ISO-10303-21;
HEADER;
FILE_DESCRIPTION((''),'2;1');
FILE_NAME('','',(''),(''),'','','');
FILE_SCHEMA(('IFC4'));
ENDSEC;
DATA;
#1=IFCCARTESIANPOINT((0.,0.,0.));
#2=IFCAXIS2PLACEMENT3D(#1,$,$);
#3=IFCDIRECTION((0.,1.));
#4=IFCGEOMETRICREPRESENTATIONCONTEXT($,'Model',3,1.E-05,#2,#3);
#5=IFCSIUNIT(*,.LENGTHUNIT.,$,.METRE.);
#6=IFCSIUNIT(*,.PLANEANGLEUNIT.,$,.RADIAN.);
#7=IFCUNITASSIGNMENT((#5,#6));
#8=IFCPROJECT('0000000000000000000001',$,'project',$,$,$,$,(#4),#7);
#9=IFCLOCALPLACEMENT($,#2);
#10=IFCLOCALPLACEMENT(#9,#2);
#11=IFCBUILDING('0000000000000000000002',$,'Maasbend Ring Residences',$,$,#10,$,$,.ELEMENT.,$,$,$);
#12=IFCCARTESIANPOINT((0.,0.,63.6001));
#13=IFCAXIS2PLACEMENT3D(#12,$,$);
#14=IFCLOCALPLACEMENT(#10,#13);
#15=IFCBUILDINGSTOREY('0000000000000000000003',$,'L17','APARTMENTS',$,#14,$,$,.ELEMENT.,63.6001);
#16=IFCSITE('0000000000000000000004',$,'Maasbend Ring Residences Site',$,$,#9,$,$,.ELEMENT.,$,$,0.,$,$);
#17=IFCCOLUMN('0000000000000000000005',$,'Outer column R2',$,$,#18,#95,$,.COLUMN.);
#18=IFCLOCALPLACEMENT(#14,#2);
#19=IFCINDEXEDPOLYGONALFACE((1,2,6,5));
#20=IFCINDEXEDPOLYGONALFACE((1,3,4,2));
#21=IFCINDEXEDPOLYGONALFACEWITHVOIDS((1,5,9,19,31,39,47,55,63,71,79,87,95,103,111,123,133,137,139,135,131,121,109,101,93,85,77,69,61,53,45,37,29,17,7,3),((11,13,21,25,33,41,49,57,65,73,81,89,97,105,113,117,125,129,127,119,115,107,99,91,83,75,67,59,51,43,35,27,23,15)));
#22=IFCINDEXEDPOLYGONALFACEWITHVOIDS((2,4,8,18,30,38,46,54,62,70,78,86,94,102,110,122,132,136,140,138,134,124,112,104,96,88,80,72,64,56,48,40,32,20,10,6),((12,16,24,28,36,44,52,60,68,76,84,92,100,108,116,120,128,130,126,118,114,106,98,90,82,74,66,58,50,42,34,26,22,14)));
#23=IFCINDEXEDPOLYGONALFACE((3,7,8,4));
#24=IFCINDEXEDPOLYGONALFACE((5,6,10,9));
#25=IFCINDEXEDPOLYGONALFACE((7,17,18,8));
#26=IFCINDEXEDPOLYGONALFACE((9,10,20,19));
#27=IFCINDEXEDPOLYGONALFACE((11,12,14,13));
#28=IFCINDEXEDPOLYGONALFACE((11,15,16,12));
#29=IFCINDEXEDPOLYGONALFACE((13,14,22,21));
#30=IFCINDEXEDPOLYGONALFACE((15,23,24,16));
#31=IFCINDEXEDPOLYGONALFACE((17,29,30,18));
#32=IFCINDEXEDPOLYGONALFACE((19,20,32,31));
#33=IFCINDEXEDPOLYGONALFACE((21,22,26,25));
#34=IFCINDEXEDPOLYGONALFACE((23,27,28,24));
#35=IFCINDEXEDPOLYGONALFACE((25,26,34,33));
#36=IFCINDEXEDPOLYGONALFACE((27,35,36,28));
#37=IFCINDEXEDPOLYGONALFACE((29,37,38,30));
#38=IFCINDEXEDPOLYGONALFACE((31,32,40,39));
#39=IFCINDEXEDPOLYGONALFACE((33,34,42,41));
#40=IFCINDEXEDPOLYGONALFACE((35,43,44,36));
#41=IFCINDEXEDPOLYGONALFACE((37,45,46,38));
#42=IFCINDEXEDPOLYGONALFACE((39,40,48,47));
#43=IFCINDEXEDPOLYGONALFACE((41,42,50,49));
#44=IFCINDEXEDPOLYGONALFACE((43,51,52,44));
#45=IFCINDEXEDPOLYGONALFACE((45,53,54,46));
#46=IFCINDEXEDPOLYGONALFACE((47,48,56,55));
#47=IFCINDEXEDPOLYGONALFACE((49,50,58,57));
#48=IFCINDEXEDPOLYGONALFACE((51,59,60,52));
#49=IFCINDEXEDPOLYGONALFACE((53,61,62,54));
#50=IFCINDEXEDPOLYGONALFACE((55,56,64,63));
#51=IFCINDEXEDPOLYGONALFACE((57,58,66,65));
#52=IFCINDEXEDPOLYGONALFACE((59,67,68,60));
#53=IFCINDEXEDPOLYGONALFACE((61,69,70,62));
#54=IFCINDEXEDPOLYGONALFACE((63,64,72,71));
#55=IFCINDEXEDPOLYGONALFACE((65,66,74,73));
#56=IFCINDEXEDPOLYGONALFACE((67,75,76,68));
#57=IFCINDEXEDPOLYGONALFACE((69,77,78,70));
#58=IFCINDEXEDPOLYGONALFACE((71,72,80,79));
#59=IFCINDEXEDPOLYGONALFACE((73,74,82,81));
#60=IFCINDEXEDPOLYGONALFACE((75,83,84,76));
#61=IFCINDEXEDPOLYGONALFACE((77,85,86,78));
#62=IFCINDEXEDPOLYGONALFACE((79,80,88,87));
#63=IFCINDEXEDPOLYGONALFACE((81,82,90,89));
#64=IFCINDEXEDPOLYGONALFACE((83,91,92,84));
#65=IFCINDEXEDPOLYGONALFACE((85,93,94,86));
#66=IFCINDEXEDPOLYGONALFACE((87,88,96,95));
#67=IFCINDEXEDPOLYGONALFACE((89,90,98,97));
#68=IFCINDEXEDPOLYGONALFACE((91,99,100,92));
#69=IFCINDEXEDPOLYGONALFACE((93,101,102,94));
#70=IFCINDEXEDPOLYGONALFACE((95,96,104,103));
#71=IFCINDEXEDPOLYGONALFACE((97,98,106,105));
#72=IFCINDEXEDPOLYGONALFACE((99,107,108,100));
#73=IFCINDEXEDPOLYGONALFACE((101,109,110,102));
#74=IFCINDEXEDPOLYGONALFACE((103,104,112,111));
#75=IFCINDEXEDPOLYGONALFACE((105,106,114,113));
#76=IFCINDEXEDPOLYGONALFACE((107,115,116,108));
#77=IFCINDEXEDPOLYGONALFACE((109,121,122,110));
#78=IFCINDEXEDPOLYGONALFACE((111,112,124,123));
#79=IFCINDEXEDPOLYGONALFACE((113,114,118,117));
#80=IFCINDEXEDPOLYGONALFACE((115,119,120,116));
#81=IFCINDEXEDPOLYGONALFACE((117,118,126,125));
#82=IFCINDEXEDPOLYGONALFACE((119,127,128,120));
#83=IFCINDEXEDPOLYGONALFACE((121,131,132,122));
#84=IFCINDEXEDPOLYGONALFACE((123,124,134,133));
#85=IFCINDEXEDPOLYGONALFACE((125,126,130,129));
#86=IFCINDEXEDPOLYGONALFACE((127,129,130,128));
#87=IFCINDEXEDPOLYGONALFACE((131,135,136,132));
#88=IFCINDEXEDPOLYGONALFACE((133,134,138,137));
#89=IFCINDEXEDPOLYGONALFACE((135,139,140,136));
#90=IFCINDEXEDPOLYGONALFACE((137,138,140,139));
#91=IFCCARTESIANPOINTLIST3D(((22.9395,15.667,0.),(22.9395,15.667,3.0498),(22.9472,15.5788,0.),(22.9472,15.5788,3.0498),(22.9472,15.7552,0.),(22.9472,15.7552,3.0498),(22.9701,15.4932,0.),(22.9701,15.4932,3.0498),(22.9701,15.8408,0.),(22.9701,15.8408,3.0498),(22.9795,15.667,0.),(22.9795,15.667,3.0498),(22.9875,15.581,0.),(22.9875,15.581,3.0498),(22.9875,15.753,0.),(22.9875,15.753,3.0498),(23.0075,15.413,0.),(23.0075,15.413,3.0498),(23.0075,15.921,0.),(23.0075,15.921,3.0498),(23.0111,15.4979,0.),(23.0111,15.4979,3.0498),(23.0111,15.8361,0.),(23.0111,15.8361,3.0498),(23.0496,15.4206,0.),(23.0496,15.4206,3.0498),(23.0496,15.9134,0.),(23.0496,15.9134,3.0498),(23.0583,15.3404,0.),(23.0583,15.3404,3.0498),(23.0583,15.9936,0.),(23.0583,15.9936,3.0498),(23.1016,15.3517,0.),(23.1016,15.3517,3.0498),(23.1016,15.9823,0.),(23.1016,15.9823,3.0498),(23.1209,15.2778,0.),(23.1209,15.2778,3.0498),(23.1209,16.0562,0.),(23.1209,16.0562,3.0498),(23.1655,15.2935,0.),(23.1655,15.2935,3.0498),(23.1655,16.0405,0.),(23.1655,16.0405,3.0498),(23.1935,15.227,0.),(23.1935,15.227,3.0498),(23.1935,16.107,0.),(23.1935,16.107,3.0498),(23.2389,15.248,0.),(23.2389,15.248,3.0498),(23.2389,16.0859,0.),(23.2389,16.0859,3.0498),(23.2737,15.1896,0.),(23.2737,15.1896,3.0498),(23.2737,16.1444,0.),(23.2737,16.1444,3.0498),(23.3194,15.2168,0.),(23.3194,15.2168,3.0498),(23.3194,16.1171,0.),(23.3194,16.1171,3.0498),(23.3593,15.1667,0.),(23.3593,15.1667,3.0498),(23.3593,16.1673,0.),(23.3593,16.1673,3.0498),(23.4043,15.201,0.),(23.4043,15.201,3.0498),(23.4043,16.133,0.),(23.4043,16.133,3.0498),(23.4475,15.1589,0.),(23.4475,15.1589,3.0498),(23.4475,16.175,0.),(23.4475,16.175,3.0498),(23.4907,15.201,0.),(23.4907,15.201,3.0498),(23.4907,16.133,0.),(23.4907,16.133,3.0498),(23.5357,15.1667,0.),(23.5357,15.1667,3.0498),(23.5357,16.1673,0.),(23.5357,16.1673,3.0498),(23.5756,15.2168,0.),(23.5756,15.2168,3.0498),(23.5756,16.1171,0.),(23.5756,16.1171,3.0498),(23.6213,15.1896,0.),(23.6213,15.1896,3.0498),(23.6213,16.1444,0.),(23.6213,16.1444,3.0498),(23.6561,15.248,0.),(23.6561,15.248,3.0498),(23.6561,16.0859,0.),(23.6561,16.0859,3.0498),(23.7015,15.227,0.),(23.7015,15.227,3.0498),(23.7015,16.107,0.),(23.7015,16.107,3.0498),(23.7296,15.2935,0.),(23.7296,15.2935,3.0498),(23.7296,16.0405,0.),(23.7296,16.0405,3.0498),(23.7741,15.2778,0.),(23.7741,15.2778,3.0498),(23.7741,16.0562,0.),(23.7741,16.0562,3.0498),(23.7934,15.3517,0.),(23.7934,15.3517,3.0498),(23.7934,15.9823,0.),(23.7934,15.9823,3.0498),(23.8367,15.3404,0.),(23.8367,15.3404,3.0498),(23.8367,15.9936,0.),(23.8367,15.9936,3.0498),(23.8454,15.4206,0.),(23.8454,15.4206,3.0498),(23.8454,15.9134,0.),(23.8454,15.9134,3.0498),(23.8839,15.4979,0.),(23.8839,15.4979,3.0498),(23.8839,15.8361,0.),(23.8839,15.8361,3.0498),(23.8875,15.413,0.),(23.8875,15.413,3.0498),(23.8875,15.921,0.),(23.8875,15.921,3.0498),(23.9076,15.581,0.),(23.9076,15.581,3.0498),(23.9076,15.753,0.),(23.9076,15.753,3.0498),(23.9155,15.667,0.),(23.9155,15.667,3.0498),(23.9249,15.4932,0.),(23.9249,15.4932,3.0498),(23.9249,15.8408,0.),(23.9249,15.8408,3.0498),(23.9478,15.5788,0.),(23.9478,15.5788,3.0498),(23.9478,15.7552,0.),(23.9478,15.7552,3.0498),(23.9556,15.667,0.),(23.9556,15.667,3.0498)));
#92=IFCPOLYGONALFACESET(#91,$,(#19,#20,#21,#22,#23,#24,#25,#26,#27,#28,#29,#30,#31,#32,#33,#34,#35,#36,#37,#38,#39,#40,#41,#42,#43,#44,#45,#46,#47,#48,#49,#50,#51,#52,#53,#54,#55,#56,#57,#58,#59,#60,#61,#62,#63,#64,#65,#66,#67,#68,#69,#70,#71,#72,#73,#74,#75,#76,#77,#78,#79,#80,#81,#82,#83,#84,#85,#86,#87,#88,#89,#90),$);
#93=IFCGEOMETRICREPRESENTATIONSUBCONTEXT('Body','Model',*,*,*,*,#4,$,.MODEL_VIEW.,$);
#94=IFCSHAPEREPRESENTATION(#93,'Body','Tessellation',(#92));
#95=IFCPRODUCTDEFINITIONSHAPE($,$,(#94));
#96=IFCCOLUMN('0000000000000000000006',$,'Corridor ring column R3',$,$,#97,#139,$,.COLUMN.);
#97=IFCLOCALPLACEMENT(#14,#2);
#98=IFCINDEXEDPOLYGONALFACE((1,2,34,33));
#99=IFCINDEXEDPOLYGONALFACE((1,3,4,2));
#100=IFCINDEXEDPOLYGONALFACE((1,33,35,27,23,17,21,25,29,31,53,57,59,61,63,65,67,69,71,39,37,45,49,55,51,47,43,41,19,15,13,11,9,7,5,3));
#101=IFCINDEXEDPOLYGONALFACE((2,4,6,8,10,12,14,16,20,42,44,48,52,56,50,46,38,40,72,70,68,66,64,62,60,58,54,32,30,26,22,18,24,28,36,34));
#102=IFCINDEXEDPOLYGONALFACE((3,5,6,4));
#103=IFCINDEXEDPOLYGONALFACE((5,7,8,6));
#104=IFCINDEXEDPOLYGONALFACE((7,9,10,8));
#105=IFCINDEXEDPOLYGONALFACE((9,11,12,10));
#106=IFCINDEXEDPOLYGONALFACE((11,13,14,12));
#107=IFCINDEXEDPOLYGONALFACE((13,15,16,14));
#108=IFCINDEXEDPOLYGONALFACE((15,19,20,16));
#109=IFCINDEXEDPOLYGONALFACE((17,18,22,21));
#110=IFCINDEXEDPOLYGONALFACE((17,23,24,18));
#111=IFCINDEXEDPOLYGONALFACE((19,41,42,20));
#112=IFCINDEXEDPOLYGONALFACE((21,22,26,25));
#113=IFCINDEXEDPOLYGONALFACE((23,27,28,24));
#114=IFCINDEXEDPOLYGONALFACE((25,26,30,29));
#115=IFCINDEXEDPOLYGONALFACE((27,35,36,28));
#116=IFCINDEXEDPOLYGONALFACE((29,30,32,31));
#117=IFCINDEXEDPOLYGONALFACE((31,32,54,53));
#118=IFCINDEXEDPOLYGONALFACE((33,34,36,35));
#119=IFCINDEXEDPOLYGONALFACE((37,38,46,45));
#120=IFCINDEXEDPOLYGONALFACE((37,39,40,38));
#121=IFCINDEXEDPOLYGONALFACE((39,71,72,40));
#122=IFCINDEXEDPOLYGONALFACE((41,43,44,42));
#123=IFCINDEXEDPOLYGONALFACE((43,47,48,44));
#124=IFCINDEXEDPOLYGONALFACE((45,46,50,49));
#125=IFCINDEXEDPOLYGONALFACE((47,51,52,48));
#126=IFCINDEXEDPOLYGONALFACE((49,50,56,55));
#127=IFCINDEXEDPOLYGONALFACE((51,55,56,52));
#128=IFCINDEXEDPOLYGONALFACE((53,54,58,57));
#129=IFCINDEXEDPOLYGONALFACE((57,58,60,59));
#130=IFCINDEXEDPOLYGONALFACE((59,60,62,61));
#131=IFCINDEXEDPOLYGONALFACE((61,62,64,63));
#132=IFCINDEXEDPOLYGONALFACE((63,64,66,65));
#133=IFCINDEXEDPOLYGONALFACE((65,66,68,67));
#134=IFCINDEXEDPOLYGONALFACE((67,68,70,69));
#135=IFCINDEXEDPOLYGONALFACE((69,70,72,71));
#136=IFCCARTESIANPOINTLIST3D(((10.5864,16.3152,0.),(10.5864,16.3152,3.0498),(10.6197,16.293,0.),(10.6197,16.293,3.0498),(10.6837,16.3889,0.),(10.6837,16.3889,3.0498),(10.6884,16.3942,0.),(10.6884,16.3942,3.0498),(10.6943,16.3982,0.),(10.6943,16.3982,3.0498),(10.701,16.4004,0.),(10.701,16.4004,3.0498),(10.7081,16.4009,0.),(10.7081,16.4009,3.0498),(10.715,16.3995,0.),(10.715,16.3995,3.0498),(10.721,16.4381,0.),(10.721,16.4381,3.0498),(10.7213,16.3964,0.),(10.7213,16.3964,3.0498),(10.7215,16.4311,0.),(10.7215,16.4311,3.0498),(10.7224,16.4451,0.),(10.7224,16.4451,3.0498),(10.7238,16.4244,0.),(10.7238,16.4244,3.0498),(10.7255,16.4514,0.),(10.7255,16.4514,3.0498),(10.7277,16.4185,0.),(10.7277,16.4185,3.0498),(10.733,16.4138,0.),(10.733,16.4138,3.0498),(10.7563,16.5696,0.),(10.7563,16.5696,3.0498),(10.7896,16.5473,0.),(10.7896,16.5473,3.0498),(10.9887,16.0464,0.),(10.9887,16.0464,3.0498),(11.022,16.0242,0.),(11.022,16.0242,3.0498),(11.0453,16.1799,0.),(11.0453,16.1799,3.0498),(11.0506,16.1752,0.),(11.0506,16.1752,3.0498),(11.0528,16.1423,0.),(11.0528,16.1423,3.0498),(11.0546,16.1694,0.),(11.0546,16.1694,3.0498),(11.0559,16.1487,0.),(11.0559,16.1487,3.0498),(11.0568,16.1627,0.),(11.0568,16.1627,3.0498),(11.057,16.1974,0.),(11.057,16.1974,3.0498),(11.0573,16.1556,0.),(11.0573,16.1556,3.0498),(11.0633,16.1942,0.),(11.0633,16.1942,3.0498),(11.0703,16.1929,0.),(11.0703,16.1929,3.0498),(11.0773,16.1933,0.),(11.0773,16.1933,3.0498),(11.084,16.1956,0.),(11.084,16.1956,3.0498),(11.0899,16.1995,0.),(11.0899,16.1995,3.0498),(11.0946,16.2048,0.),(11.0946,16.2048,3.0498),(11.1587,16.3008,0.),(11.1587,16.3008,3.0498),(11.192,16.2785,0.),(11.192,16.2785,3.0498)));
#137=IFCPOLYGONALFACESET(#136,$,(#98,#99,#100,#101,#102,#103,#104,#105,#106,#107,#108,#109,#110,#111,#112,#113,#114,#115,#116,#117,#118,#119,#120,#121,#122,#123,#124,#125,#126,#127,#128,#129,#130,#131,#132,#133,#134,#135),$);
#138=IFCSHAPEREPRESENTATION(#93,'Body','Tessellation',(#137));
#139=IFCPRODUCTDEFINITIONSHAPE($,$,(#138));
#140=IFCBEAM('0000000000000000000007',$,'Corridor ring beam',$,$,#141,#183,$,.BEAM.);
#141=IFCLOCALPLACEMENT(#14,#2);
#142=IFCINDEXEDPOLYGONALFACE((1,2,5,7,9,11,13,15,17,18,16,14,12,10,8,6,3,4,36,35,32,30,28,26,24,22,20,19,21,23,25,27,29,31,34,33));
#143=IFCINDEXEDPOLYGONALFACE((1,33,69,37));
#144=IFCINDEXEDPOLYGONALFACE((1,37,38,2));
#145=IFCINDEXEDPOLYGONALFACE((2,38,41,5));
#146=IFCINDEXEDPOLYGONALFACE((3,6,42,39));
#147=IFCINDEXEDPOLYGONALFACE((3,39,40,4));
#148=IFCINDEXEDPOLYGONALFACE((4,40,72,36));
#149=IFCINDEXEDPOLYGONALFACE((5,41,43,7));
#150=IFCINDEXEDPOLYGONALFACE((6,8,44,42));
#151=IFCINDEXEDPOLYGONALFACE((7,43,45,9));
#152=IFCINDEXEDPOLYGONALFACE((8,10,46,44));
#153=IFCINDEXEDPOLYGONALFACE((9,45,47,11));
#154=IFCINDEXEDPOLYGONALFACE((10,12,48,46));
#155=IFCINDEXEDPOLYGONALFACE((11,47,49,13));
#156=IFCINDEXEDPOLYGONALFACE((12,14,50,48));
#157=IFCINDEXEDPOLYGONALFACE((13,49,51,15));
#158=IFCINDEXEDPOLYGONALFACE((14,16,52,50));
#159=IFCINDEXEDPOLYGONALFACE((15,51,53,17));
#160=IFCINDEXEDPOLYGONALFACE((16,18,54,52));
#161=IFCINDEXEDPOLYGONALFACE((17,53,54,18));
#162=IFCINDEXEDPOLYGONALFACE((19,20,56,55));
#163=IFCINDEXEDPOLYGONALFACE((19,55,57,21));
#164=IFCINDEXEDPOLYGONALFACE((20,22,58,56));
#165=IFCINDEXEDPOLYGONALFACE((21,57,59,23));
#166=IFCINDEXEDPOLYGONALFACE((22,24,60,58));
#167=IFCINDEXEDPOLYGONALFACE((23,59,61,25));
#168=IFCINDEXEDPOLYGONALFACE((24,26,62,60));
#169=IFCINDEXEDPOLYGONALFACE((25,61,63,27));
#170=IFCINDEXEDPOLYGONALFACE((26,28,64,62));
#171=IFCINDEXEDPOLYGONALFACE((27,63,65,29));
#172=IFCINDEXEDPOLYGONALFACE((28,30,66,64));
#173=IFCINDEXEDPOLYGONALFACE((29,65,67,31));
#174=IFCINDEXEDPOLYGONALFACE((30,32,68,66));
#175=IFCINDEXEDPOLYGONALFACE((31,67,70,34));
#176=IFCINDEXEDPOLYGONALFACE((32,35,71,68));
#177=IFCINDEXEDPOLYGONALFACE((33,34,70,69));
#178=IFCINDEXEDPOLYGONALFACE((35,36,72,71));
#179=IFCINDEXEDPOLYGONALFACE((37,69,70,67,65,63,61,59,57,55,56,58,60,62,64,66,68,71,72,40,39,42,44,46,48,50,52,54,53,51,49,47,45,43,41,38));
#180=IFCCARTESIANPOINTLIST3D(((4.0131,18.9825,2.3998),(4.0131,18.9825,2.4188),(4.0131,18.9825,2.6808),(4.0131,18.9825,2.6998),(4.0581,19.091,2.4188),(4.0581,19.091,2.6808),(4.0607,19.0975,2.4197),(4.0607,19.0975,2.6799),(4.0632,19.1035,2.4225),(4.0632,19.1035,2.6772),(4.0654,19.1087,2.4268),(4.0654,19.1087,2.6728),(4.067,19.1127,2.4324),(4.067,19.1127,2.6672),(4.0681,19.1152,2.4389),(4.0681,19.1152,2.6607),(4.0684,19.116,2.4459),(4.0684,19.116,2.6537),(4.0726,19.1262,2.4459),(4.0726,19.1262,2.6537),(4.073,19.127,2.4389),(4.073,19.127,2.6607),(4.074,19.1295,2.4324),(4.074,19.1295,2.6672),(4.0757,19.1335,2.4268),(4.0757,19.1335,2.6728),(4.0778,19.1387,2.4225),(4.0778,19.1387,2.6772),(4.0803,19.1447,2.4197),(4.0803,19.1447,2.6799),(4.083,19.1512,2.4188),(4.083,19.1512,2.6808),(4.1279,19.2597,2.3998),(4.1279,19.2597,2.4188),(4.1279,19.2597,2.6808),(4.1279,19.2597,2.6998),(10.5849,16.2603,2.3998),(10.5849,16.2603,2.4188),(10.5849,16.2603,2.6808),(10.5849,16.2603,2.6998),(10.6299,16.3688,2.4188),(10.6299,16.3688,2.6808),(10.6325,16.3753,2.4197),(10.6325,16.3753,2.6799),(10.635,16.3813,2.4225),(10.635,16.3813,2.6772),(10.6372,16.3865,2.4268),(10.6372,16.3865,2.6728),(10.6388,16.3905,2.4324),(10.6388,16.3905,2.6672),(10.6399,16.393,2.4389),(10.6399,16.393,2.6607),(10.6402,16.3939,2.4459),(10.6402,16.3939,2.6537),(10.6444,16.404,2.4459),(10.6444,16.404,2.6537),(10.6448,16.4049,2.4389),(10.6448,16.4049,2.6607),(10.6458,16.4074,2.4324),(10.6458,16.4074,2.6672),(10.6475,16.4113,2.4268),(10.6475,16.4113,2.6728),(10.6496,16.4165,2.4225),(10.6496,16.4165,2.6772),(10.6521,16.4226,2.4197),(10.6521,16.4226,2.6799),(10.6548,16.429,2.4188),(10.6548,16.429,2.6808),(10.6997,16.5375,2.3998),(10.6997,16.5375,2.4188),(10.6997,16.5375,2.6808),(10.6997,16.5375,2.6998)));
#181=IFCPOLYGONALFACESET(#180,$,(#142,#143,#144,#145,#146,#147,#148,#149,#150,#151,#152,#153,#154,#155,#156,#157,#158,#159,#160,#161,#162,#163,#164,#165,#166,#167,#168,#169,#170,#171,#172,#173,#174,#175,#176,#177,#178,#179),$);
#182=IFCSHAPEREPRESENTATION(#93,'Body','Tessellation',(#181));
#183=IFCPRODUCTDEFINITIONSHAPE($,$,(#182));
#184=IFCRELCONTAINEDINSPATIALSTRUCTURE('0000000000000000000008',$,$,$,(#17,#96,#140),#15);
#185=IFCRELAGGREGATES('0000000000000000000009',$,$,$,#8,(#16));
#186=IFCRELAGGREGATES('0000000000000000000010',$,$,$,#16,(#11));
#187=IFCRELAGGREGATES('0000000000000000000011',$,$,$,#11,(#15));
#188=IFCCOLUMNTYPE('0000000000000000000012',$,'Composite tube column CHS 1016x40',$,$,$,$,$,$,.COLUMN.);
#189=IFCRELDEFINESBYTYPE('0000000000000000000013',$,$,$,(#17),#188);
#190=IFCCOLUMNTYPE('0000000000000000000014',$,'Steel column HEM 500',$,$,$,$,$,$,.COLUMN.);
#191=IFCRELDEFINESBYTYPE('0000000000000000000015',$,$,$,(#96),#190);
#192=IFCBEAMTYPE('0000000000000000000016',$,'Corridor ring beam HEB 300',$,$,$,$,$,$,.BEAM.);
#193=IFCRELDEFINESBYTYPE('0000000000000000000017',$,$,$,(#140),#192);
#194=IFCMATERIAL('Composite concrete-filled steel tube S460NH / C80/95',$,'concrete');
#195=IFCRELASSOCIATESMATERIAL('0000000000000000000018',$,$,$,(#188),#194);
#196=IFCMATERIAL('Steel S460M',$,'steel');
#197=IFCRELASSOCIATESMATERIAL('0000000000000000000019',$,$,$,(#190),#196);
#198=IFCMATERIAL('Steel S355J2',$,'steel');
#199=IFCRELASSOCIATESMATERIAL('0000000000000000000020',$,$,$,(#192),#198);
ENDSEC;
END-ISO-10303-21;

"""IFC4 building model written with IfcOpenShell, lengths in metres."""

from ifc_helpers import new_model, si_unit, direction, frame, origin, origin_2d, place, context, subcontext, project, spatial, hollow_circle, i_section, extrude, material, material_profile, profile_set, type_object, element, save


model = new_model("IFC4")

# Units and contexts
model_context = context("Model", 3, precision=1e-05, world=origin(), true_north=direction((0.0, 1.0)))
body_context = subcontext(model_context, "Body", "Model", "MODEL_VIEW")
ifc_project = project(units=[si_unit("LENGTHUNIT", "METRE"), si_unit("PLANEANGLEUNIT", "RADIAN")], contexts=[model_context])

# Site, building, storey
site_placement = place(None, origin())
site = spatial("IfcSite", under=ifc_project, at=site_placement, Name="Maasbend Ring Residences Site", CompositionType="ELEMENT", RefElevation=0.0)
building_placement = place(site_placement, origin())
building = spatial("IfcBuilding", under=site, at=building_placement, Name="Maasbend Ring Residences", CompositionType="ELEMENT")
storey_placement = place(building_placement, frame((0.0, 0.0, 63.6001)))
storey = spatial("IfcBuildingStorey", under=building, at=storey_placement, Name="L17", Description="APARTMENTS", CompositionType="ELEMENT", Elevation=63.6001)

# Columns
ifc_material_1 = material(Name="Composite concrete-filled steel tube S460NH / C80/95", Category="concrete")
ifc_material_profile_1 = material_profile(ifc_material_1, hollow_circle(Radius=0.5081, WallThickness=0.04, at=origin_2d()), Name="Composite tube column CHS 1016x40")
ifc_profile_set_1 = profile_set([ifc_material_profile_1], Name="Composite concrete-filled steel tube S460NH / C80/95")
column_type_1 = type_object("IfcColumnType", Name="Composite tube column CHS 1016x40", PredefinedType="COLUMN", material=ifc_profile_set_1)
column_1_placement = place(storey_placement, frame((23.4475, 15.667, 0.0), z_axis=(0.0, 0.0, 1.0), x_axis=(1.0, 0.0, 0.0)))
element("IfcColumn", 1, at=column_1_placement, inside=storey, type_object=column_type_1, Name="Outer column R2", PredefinedType="COLUMN", context=body_context, shape_type="SweptSolid", body=[
    extrude(hollow_circle(Radius=0.5081, WallThickness=0.04, at=origin_2d()), origin(), (0.0, 0.0, 1.0), 3.0498),
])
ifc_material_2 = material(Name="Steel S460M", Category="steel")
ifc_material_profile_2 = material_profile(ifc_material_2, i_section(OverallWidth=0.3059, OverallDepth=0.5239, WebThickness=0.021, FlangeThickness=0.04, FilletRadius=0.0271, at=origin_2d()), Name="HEM 500")
ifc_profile_set_2 = profile_set([ifc_material_profile_2], Name="Steel S460M")
column_type_2 = type_object("IfcColumnType", Name="Steel column HEM 500", PredefinedType="COLUMN", material=ifc_profile_set_2)
column_2_placement = place(storey_placement, frame((10.8892, 16.2969, 0.0), z_axis=(0.0, 0.0, 1.0), x_axis=(0.55557, 0.83147, 0.0)))
element("IfcColumn", 2, at=column_2_placement, inside=storey, type_object=column_type_2, Name="Corridor ring column R3", PredefinedType="COLUMN", context=body_context, shape_type="SweptSolid", body=[
    extrude(i_section(OverallWidth=0.3059, OverallDepth=0.5239, WebThickness=0.021, FlangeThickness=0.04, FilletRadius=0.0271, at=origin_2d()), origin(), (0.0, 0.0, 1.0), 3.0498),
])

# Beam
ifc_material_3 = material(Name="Steel S355J2", Category="steel")
ifc_material_profile_3 = material_profile(ifc_material_3, i_section(OverallWidth=0.3, OverallDepth=0.3, WebThickness=0.011, FlangeThickness=0.019, FilletRadius=0.0271, at=origin_2d()), Name="HEB 300")
ifc_profile_set_3 = profile_set([ifc_material_profile_3], Name="Steel S355J2")
beam_type_1 = type_object("IfcBeamType", Name="Corridor ring beam HEB 300", PredefinedType="BEAM", material=ifc_profile_set_3)
beam_1_placement = place(storey_placement, frame((10.6423, 16.3989, 2.5498), z_axis=(-0.923877, 0.382689, 0.0), x_axis=(-0.382689, -0.923877, 0.0)))
element("IfcBeam", 3, at=beam_1_placement, inside=storey, type_object=beam_type_1, Name="Corridor ring beam", PredefinedType="BEAM", context=body_context, shape_type="SweptSolid", body=[
    extrude(i_section(OverallWidth=0.3, OverallDepth=0.3, WebThickness=0.011, FlangeThickness=0.019, FilletRadius=0.0271, at=origin_2d()), origin(), (0.0, 0.0, 1.0), 7.1133),
])

save(model, "model.ifc")
